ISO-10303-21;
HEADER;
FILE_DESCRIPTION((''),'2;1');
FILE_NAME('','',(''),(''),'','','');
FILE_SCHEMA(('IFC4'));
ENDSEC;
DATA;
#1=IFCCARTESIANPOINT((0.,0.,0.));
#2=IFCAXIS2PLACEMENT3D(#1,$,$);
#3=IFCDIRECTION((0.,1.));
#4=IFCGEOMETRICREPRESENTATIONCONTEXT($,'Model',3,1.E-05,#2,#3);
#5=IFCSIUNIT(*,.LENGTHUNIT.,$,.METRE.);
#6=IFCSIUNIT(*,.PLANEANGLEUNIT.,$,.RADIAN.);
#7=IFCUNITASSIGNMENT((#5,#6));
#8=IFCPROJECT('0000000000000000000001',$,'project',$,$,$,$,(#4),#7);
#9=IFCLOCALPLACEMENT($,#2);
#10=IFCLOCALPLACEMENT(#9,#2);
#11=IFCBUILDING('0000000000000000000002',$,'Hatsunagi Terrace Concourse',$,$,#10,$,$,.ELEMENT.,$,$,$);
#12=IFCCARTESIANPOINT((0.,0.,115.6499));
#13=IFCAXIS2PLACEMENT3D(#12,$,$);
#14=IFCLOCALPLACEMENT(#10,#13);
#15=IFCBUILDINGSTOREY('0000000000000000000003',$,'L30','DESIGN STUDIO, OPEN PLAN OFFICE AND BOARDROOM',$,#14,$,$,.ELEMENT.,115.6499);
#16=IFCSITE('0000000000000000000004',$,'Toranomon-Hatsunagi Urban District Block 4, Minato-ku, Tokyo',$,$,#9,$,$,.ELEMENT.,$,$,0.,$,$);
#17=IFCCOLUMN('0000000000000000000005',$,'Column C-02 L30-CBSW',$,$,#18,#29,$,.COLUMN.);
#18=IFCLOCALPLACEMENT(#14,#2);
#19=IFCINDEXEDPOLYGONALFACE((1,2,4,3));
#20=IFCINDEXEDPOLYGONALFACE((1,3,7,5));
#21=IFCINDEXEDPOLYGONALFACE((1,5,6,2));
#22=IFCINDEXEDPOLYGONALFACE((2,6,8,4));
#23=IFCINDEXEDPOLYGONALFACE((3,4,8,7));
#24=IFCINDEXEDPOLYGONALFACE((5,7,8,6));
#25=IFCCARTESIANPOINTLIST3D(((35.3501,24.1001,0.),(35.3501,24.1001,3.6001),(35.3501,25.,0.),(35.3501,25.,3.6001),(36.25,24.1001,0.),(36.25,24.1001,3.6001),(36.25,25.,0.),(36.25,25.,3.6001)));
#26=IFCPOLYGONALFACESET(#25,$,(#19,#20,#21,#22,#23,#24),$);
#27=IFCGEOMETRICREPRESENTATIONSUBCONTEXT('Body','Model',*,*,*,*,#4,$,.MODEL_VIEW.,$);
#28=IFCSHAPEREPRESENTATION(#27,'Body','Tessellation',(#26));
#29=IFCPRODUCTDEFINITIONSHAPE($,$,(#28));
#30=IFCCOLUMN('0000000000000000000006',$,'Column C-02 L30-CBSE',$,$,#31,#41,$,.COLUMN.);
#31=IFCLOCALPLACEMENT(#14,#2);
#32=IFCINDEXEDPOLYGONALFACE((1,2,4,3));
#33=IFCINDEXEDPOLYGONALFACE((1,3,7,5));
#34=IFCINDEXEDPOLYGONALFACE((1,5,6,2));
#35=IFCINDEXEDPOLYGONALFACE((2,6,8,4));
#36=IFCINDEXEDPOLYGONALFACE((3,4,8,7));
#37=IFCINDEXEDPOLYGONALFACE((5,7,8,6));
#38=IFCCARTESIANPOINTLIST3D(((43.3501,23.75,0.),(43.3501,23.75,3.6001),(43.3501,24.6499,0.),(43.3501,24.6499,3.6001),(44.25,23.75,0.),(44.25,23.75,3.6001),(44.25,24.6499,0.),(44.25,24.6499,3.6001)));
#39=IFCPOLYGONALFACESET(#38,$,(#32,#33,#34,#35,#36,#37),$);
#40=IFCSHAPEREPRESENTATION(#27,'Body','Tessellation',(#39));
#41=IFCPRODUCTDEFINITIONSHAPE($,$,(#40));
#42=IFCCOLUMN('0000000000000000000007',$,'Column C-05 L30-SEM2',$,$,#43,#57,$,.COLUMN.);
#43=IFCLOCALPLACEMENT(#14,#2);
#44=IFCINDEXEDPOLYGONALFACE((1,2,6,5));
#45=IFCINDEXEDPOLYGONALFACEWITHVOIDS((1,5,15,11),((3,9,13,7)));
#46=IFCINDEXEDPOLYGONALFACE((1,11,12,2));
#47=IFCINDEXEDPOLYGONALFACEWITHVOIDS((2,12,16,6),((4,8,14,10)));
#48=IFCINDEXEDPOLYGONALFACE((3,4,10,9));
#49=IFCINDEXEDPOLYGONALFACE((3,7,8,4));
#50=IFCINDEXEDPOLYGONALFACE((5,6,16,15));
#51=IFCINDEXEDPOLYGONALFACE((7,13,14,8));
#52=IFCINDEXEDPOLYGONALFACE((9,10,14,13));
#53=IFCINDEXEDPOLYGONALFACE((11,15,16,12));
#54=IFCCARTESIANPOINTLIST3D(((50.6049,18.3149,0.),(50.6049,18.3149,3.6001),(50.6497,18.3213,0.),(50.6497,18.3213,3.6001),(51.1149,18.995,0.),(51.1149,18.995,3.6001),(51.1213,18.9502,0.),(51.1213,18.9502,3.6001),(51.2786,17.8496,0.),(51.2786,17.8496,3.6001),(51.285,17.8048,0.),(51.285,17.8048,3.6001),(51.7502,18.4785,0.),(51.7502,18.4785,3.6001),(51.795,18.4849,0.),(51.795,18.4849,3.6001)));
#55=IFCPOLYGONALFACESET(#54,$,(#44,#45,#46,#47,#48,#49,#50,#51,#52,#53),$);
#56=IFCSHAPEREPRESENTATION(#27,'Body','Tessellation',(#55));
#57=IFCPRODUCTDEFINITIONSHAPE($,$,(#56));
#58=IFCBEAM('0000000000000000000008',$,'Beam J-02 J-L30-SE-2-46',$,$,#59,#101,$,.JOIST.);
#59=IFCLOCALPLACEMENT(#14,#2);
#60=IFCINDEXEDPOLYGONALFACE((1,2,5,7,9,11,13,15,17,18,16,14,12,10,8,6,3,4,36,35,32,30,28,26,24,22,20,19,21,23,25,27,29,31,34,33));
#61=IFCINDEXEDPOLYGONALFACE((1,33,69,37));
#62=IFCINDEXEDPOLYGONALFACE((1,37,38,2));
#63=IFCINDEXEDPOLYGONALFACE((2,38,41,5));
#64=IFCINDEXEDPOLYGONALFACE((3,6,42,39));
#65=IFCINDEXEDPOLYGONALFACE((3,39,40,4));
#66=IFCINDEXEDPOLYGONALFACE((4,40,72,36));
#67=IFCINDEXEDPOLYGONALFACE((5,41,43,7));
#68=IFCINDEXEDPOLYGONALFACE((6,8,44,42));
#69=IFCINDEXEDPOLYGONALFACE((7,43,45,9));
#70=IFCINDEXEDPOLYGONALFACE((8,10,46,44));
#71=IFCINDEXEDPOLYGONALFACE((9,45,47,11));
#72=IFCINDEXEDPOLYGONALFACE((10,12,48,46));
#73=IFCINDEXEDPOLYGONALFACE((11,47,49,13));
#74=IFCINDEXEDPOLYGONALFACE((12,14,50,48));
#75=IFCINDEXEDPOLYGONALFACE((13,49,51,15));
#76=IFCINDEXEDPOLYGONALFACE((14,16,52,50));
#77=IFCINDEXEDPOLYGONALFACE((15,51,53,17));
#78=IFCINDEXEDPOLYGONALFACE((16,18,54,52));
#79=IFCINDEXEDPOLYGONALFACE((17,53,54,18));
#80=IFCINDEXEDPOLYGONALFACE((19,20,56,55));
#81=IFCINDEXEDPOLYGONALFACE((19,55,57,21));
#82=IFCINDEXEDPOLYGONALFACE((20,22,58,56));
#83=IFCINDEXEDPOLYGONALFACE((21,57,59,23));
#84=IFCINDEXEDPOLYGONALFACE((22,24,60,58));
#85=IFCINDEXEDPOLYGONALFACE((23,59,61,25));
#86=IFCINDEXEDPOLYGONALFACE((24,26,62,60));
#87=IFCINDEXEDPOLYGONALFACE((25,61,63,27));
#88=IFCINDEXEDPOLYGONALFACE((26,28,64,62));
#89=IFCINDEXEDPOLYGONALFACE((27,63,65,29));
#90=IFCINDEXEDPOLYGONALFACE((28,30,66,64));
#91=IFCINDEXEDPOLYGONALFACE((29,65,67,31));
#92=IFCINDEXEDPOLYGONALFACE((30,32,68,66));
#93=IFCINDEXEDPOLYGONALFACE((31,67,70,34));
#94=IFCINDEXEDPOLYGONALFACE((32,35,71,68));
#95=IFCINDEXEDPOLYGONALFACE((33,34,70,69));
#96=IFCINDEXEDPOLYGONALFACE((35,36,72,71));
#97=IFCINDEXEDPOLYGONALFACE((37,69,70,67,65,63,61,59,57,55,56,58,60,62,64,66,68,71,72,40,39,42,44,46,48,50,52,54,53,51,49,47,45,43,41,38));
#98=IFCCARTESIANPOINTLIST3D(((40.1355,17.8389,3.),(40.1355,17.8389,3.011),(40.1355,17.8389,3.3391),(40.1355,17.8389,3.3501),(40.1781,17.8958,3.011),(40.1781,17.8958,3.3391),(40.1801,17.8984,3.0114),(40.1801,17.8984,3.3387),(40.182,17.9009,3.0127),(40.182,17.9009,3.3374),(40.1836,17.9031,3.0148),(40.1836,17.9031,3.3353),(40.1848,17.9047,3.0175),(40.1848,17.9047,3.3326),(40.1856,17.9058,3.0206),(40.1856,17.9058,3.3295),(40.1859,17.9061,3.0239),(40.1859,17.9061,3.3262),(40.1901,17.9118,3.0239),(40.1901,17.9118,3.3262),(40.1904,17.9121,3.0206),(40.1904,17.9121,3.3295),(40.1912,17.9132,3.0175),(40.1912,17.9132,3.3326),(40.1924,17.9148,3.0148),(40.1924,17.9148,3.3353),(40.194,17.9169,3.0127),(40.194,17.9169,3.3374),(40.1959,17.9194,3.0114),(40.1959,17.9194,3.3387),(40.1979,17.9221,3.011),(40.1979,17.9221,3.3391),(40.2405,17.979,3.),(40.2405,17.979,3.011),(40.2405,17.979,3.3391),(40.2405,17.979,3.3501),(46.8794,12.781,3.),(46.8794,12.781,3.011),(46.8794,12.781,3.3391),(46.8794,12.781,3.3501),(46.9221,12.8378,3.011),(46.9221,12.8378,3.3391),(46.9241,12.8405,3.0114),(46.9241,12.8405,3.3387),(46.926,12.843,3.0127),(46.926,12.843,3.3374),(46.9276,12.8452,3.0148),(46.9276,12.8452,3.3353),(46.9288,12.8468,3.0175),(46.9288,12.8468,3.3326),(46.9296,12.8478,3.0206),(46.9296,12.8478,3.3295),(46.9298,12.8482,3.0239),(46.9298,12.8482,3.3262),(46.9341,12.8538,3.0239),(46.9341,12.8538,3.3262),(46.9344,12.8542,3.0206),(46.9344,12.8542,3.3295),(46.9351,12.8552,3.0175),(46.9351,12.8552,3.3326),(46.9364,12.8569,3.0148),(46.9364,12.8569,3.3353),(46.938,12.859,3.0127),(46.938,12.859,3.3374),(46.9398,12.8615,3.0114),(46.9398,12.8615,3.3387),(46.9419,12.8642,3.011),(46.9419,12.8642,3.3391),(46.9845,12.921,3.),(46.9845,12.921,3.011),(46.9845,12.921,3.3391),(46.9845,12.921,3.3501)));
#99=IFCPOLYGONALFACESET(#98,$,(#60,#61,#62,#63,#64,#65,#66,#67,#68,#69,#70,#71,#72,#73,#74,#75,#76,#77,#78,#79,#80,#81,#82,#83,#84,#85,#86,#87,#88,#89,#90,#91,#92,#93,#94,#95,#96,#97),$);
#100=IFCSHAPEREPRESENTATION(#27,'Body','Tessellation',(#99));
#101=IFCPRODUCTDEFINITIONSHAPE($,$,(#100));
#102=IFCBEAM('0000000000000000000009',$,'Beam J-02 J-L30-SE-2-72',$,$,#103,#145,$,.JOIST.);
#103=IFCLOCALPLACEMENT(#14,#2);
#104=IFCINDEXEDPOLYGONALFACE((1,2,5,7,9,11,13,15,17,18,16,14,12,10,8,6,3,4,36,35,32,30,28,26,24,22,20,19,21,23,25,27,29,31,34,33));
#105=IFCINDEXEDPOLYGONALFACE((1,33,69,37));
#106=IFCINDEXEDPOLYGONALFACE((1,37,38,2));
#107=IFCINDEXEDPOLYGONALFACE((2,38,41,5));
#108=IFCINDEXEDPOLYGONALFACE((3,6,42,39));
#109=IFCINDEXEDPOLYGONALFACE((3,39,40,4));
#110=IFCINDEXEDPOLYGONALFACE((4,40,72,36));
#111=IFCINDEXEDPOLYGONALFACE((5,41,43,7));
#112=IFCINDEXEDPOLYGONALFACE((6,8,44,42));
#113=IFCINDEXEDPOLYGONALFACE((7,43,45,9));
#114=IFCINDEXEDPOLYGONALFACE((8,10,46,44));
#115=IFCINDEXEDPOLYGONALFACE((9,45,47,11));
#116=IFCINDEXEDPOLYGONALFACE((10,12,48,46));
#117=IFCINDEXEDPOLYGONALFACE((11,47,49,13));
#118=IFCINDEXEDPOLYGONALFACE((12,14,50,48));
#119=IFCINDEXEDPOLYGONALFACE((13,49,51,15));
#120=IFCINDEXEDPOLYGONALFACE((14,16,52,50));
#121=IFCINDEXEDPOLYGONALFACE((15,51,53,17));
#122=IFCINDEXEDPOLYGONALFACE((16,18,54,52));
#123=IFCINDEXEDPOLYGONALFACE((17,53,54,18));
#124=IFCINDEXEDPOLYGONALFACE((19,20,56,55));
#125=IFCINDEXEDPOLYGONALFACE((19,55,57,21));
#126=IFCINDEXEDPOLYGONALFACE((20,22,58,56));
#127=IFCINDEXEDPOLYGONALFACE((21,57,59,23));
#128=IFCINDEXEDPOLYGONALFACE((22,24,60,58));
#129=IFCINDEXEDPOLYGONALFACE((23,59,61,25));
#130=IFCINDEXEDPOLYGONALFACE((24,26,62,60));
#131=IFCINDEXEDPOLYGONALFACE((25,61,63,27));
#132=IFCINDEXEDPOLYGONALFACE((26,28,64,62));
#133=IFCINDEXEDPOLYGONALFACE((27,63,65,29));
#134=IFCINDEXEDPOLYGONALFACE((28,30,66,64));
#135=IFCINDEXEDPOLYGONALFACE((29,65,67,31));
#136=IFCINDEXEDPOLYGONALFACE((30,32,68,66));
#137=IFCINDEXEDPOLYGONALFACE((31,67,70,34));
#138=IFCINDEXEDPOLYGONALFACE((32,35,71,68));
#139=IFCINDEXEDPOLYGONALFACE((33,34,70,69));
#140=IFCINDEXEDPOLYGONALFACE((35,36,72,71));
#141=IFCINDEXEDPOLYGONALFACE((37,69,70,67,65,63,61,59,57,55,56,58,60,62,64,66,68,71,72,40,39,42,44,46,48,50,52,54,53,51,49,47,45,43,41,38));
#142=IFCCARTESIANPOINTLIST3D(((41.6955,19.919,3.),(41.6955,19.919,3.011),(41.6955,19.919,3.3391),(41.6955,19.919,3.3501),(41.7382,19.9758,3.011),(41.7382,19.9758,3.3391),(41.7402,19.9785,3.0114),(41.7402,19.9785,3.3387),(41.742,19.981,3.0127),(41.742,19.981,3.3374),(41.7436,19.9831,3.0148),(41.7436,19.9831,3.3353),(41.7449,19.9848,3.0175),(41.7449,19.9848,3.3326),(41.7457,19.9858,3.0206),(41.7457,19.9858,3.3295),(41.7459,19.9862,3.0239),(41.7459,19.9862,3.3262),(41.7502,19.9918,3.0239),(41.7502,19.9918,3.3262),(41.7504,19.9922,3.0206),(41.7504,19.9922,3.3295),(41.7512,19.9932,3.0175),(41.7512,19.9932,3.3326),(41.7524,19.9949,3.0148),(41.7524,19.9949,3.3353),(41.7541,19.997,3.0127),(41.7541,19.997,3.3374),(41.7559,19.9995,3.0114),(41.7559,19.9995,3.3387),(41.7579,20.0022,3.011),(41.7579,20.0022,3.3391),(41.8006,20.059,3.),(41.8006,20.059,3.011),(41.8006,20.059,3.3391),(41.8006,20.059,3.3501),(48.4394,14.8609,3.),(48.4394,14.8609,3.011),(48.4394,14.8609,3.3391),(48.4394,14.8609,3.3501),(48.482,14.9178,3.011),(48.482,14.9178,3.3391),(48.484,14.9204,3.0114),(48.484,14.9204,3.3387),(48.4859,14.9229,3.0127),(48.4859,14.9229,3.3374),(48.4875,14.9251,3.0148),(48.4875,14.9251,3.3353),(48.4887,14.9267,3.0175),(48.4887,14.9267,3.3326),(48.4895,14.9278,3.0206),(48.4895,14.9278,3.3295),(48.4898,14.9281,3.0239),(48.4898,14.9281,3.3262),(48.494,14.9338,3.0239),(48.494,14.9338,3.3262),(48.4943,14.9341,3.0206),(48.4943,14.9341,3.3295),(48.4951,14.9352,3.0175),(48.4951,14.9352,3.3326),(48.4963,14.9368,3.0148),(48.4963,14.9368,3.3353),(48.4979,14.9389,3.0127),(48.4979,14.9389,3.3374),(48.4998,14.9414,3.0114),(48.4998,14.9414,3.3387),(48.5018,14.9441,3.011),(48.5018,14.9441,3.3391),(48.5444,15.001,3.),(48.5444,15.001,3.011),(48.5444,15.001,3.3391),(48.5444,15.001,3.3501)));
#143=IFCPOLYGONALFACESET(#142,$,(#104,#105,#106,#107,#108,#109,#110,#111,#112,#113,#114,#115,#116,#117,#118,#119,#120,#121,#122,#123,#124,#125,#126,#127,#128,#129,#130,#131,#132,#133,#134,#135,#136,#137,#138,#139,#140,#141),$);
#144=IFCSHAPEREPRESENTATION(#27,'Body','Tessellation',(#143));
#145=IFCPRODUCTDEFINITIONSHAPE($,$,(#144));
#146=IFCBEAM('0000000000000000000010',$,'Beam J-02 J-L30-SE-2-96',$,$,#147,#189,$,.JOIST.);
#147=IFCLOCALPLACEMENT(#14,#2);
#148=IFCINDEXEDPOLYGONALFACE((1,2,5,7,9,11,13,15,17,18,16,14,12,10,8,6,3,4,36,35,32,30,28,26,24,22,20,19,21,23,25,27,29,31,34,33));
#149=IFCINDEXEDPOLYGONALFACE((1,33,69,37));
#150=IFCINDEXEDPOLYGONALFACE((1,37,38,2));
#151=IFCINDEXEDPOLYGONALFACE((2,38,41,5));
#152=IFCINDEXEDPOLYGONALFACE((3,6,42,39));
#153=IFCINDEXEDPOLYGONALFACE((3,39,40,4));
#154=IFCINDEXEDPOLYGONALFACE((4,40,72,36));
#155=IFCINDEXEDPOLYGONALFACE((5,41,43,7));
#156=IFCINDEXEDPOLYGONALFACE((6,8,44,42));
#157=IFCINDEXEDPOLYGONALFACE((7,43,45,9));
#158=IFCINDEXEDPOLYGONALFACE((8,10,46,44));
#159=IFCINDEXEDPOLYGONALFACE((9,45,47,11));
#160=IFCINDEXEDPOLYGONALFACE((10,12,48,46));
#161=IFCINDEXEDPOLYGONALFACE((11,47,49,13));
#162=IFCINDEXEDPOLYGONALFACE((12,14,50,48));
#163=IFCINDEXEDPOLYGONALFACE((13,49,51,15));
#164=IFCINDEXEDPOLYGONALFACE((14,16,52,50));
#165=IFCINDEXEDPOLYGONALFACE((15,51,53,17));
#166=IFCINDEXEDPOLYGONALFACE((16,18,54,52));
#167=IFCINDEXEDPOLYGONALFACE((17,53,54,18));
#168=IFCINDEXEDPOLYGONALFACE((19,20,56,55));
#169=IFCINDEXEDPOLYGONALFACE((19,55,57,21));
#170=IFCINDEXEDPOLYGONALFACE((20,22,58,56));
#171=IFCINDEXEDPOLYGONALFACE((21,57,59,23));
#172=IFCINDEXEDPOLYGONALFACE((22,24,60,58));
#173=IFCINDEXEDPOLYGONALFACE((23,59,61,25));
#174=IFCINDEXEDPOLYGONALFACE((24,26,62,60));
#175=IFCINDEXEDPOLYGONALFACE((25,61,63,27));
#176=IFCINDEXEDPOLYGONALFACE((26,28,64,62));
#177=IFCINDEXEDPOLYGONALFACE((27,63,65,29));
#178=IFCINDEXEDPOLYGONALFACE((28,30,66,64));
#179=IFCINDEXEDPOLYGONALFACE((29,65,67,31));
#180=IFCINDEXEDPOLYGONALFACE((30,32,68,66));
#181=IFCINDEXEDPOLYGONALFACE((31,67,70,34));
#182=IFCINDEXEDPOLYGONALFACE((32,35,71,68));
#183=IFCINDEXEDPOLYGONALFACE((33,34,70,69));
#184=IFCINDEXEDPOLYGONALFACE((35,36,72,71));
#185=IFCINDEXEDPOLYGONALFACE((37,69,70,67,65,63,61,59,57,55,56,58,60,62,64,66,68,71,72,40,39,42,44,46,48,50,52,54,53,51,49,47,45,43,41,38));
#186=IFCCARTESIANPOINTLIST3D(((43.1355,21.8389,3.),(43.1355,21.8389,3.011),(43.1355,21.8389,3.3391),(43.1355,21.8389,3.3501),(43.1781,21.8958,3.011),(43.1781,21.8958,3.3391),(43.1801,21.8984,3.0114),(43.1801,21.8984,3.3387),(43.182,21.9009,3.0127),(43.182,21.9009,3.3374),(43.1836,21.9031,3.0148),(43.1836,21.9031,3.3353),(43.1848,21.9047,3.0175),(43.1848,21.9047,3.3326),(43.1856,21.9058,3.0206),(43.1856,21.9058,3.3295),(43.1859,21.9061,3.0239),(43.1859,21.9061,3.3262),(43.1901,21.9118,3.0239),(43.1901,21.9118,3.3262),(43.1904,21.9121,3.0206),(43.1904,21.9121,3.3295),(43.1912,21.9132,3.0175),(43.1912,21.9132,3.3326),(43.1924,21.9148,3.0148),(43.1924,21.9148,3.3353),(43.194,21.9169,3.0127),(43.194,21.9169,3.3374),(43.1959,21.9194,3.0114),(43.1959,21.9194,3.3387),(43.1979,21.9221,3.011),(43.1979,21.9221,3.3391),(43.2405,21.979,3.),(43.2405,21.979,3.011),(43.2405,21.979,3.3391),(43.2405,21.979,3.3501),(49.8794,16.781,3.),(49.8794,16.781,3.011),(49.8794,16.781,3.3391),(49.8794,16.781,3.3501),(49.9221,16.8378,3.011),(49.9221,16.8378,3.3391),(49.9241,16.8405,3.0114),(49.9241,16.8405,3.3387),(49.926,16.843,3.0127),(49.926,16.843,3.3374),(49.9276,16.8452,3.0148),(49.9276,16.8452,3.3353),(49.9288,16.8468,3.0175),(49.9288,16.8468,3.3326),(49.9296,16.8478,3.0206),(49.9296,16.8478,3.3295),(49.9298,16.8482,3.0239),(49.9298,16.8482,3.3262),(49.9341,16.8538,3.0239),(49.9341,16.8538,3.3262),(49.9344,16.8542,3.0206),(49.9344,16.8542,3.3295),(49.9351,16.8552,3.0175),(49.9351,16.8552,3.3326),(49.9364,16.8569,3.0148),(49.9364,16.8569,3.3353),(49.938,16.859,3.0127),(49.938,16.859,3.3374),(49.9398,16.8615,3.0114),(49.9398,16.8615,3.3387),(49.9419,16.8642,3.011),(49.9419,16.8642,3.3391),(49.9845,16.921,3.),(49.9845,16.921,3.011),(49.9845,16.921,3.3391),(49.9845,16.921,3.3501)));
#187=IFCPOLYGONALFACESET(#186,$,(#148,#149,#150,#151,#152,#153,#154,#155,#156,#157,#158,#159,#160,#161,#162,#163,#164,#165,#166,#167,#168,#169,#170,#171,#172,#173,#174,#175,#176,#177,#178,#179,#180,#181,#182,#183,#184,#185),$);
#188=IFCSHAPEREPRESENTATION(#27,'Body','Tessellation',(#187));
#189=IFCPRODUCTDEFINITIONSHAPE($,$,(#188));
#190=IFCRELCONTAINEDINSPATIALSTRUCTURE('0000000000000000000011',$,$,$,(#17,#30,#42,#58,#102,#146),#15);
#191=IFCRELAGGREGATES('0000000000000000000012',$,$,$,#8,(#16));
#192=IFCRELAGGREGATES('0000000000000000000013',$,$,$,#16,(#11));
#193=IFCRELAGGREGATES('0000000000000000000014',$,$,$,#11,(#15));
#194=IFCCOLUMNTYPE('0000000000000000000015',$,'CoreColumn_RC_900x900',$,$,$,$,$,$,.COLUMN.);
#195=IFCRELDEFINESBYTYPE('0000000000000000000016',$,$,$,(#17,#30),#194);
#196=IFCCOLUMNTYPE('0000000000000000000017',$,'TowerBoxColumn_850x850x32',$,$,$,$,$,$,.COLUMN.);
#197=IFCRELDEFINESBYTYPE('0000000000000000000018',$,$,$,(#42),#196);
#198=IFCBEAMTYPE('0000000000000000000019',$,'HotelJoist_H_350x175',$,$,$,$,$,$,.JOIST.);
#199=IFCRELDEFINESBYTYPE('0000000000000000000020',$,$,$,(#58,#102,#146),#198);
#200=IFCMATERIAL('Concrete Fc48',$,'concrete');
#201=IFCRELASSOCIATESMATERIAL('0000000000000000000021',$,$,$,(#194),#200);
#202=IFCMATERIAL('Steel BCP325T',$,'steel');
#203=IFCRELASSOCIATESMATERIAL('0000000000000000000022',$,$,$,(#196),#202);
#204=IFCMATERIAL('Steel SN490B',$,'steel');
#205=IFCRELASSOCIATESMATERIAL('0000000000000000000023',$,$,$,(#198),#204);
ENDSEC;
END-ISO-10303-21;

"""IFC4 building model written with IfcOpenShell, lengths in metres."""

from ifc_helpers import new_model, si_unit, direction, frame, origin, origin_2d, place, context, subcontext, project, spatial, rectangle, hollow_rectangle, i_section, extrude, material, material_profile, profile_set, type_object, element, save


model = new_model("IFC4")

# Units and contexts
model_context = context("Model", 3, precision=1e-05, world=origin(), true_north=direction((0.0, 1.0)))
body_context = subcontext(model_context, "Body", "Model", "MODEL_VIEW")
ifc_project = project(units=[si_unit("LENGTHUNIT", "METRE"), si_unit("PLANEANGLEUNIT", "RADIAN")], contexts=[model_context])

# Site, building, storey
site_placement = place(None, origin())
site = spatial("IfcSite", under=ifc_project, at=site_placement, Name="Toranomon-Hatsunagi Urban District Block 4, Minato-ku, Tokyo", CompositionType="ELEMENT", RefElevation=0.0)
building_placement = place(site_placement, origin())
building = spatial("IfcBuilding", under=site, at=building_placement, Name="Hatsunagi Terrace Concourse", CompositionType="ELEMENT")
storey_placement = place(building_placement, frame((0.0, 0.0, 115.6499)))
storey = spatial("IfcBuildingStorey", under=building, at=storey_placement, Name="L30", Description="DESIGN STUDIO, OPEN PLAN OFFICE AND BOARDROOM", CompositionType="ELEMENT", Elevation=115.6499)

# Columns
ifc_material_1 = material(Name="Concrete Fc48", Category="concrete")
ifc_material_profile_1 = material_profile(ifc_material_1, rectangle(XDim=0.8999, YDim=0.8999, at=origin_2d()), Name="RC-900x900")
ifc_profile_set_1 = profile_set([ifc_material_profile_1], Name="Concrete Fc48")
column_type_1 = type_object("IfcColumnType", Name="CoreColumn_RC_900x900", PredefinedType="COLUMN", material=ifc_profile_set_1)
for number, where, z_axis, x_axis, name in (
    (1, (35.8, 24.55, 0.0), (0.0, 0.0, 1.0), (1.0, 0.0, 0.0), "Column C-02 L30-CBSW"),
    (2, (43.8, 24.2, 0.0), (0.0, 0.0, 1.0), (1.0, 0.0, 0.0), "Column C-02 L30-CBSE"),
):
    element("IfcColumn", number, at=place(storey_placement, frame(where, z_axis=z_axis, x_axis=x_axis)), inside=storey, type_object=column_type_1, Name=name, PredefinedType="COLUMN", context=body_context, shape_type="SweptSolid", body=[
        extrude(rectangle(XDim=0.8999, YDim=0.8999, at=origin_2d()), origin(), (0.0, 0.0, 1.0), 3.6001),
    ])
ifc_material_2 = material(Name="Steel BCP325T", Category="steel")
ifc_material_profile_2 = material_profile(ifc_material_2, hollow_rectangle(XDim=0.8501, YDim=0.8501, WallThickness=0.032, at=origin_2d()), Name="BCP-850x850x32")
ifc_profile_set_2 = profile_set([ifc_material_profile_2], Name="Steel BCP325T")
column_type_2 = type_object("IfcColumnType", Name="TowerBoxColumn_850x850x32", PredefinedType="COLUMN", material=ifc_profile_set_2)
column_placement = place(storey_placement, frame((51.2, 18.3999, 0.0), z_axis=(0.0, 0.0, 1.0), x_axis=(0.8, -0.6, 0.0)))
element("IfcColumn", 3, at=column_placement, inside=storey, type_object=column_type_2, Name="Column C-05 L30-SEM2", PredefinedType="COLUMN", context=body_context, shape_type="SweptSolid", body=[
    extrude(hollow_rectangle(XDim=0.8501, YDim=0.8501, WallThickness=0.032, at=origin_2d()), origin(), (0.0, 0.0, 1.0), 3.6001),
])

# Beams
ifc_material_3 = material(Name="Steel SN490B", Category="steel")
ifc_material_profile_3 = material_profile(ifc_material_3, i_section(OverallWidth=0.175, OverallDepth=0.3501, WebThickness=0.0071, FlangeThickness=0.011, FilletRadius=0.0129, at=origin_2d()), Name="H-350x175x7x11")
ifc_profile_set_3 = profile_set([ifc_material_profile_3], Name="Steel SN490B")
beam_type_1 = type_object("IfcBeamType", Name="HotelJoist_H_350x175", PredefinedType="JOIST", material=ifc_profile_set_3)
for number, where, z_axis, x_axis, name in (
    (4, (40.188, 17.9089, 3.175), (0.800003, -0.599995, 0.0), (0.599995, 0.800003, 0.0), "Beam J-02 J-L30-SE-2-46"),
    (5, (41.748, 19.989, 3.175), (0.79999, -0.600014, 0.0), (0.600014, 0.79999, 0.0), "Beam J-02 J-L30-SE-2-72"),
    (6, (43.188, 21.9089, 3.175), (0.800003, -0.599995, 0.0), (0.599995, 0.800003, 0.0), "Beam J-02 J-L30-SE-2-96"),
):
    element("IfcBeam", number, at=place(storey_placement, frame(where, z_axis=z_axis, x_axis=x_axis)), inside=storey, type_object=beam_type_1, Name=name, PredefinedType="JOIST", context=body_context, shape_type="SweptSolid", body=[
        extrude(i_section(OverallWidth=0.175, OverallDepth=0.3501, WebThickness=0.0071, FlangeThickness=0.011, FilletRadius=0.0129, at=origin_2d()), origin(), (0.0, 0.0, 1.0), 8.4299),
    ])

save(model, "model.ifc")
